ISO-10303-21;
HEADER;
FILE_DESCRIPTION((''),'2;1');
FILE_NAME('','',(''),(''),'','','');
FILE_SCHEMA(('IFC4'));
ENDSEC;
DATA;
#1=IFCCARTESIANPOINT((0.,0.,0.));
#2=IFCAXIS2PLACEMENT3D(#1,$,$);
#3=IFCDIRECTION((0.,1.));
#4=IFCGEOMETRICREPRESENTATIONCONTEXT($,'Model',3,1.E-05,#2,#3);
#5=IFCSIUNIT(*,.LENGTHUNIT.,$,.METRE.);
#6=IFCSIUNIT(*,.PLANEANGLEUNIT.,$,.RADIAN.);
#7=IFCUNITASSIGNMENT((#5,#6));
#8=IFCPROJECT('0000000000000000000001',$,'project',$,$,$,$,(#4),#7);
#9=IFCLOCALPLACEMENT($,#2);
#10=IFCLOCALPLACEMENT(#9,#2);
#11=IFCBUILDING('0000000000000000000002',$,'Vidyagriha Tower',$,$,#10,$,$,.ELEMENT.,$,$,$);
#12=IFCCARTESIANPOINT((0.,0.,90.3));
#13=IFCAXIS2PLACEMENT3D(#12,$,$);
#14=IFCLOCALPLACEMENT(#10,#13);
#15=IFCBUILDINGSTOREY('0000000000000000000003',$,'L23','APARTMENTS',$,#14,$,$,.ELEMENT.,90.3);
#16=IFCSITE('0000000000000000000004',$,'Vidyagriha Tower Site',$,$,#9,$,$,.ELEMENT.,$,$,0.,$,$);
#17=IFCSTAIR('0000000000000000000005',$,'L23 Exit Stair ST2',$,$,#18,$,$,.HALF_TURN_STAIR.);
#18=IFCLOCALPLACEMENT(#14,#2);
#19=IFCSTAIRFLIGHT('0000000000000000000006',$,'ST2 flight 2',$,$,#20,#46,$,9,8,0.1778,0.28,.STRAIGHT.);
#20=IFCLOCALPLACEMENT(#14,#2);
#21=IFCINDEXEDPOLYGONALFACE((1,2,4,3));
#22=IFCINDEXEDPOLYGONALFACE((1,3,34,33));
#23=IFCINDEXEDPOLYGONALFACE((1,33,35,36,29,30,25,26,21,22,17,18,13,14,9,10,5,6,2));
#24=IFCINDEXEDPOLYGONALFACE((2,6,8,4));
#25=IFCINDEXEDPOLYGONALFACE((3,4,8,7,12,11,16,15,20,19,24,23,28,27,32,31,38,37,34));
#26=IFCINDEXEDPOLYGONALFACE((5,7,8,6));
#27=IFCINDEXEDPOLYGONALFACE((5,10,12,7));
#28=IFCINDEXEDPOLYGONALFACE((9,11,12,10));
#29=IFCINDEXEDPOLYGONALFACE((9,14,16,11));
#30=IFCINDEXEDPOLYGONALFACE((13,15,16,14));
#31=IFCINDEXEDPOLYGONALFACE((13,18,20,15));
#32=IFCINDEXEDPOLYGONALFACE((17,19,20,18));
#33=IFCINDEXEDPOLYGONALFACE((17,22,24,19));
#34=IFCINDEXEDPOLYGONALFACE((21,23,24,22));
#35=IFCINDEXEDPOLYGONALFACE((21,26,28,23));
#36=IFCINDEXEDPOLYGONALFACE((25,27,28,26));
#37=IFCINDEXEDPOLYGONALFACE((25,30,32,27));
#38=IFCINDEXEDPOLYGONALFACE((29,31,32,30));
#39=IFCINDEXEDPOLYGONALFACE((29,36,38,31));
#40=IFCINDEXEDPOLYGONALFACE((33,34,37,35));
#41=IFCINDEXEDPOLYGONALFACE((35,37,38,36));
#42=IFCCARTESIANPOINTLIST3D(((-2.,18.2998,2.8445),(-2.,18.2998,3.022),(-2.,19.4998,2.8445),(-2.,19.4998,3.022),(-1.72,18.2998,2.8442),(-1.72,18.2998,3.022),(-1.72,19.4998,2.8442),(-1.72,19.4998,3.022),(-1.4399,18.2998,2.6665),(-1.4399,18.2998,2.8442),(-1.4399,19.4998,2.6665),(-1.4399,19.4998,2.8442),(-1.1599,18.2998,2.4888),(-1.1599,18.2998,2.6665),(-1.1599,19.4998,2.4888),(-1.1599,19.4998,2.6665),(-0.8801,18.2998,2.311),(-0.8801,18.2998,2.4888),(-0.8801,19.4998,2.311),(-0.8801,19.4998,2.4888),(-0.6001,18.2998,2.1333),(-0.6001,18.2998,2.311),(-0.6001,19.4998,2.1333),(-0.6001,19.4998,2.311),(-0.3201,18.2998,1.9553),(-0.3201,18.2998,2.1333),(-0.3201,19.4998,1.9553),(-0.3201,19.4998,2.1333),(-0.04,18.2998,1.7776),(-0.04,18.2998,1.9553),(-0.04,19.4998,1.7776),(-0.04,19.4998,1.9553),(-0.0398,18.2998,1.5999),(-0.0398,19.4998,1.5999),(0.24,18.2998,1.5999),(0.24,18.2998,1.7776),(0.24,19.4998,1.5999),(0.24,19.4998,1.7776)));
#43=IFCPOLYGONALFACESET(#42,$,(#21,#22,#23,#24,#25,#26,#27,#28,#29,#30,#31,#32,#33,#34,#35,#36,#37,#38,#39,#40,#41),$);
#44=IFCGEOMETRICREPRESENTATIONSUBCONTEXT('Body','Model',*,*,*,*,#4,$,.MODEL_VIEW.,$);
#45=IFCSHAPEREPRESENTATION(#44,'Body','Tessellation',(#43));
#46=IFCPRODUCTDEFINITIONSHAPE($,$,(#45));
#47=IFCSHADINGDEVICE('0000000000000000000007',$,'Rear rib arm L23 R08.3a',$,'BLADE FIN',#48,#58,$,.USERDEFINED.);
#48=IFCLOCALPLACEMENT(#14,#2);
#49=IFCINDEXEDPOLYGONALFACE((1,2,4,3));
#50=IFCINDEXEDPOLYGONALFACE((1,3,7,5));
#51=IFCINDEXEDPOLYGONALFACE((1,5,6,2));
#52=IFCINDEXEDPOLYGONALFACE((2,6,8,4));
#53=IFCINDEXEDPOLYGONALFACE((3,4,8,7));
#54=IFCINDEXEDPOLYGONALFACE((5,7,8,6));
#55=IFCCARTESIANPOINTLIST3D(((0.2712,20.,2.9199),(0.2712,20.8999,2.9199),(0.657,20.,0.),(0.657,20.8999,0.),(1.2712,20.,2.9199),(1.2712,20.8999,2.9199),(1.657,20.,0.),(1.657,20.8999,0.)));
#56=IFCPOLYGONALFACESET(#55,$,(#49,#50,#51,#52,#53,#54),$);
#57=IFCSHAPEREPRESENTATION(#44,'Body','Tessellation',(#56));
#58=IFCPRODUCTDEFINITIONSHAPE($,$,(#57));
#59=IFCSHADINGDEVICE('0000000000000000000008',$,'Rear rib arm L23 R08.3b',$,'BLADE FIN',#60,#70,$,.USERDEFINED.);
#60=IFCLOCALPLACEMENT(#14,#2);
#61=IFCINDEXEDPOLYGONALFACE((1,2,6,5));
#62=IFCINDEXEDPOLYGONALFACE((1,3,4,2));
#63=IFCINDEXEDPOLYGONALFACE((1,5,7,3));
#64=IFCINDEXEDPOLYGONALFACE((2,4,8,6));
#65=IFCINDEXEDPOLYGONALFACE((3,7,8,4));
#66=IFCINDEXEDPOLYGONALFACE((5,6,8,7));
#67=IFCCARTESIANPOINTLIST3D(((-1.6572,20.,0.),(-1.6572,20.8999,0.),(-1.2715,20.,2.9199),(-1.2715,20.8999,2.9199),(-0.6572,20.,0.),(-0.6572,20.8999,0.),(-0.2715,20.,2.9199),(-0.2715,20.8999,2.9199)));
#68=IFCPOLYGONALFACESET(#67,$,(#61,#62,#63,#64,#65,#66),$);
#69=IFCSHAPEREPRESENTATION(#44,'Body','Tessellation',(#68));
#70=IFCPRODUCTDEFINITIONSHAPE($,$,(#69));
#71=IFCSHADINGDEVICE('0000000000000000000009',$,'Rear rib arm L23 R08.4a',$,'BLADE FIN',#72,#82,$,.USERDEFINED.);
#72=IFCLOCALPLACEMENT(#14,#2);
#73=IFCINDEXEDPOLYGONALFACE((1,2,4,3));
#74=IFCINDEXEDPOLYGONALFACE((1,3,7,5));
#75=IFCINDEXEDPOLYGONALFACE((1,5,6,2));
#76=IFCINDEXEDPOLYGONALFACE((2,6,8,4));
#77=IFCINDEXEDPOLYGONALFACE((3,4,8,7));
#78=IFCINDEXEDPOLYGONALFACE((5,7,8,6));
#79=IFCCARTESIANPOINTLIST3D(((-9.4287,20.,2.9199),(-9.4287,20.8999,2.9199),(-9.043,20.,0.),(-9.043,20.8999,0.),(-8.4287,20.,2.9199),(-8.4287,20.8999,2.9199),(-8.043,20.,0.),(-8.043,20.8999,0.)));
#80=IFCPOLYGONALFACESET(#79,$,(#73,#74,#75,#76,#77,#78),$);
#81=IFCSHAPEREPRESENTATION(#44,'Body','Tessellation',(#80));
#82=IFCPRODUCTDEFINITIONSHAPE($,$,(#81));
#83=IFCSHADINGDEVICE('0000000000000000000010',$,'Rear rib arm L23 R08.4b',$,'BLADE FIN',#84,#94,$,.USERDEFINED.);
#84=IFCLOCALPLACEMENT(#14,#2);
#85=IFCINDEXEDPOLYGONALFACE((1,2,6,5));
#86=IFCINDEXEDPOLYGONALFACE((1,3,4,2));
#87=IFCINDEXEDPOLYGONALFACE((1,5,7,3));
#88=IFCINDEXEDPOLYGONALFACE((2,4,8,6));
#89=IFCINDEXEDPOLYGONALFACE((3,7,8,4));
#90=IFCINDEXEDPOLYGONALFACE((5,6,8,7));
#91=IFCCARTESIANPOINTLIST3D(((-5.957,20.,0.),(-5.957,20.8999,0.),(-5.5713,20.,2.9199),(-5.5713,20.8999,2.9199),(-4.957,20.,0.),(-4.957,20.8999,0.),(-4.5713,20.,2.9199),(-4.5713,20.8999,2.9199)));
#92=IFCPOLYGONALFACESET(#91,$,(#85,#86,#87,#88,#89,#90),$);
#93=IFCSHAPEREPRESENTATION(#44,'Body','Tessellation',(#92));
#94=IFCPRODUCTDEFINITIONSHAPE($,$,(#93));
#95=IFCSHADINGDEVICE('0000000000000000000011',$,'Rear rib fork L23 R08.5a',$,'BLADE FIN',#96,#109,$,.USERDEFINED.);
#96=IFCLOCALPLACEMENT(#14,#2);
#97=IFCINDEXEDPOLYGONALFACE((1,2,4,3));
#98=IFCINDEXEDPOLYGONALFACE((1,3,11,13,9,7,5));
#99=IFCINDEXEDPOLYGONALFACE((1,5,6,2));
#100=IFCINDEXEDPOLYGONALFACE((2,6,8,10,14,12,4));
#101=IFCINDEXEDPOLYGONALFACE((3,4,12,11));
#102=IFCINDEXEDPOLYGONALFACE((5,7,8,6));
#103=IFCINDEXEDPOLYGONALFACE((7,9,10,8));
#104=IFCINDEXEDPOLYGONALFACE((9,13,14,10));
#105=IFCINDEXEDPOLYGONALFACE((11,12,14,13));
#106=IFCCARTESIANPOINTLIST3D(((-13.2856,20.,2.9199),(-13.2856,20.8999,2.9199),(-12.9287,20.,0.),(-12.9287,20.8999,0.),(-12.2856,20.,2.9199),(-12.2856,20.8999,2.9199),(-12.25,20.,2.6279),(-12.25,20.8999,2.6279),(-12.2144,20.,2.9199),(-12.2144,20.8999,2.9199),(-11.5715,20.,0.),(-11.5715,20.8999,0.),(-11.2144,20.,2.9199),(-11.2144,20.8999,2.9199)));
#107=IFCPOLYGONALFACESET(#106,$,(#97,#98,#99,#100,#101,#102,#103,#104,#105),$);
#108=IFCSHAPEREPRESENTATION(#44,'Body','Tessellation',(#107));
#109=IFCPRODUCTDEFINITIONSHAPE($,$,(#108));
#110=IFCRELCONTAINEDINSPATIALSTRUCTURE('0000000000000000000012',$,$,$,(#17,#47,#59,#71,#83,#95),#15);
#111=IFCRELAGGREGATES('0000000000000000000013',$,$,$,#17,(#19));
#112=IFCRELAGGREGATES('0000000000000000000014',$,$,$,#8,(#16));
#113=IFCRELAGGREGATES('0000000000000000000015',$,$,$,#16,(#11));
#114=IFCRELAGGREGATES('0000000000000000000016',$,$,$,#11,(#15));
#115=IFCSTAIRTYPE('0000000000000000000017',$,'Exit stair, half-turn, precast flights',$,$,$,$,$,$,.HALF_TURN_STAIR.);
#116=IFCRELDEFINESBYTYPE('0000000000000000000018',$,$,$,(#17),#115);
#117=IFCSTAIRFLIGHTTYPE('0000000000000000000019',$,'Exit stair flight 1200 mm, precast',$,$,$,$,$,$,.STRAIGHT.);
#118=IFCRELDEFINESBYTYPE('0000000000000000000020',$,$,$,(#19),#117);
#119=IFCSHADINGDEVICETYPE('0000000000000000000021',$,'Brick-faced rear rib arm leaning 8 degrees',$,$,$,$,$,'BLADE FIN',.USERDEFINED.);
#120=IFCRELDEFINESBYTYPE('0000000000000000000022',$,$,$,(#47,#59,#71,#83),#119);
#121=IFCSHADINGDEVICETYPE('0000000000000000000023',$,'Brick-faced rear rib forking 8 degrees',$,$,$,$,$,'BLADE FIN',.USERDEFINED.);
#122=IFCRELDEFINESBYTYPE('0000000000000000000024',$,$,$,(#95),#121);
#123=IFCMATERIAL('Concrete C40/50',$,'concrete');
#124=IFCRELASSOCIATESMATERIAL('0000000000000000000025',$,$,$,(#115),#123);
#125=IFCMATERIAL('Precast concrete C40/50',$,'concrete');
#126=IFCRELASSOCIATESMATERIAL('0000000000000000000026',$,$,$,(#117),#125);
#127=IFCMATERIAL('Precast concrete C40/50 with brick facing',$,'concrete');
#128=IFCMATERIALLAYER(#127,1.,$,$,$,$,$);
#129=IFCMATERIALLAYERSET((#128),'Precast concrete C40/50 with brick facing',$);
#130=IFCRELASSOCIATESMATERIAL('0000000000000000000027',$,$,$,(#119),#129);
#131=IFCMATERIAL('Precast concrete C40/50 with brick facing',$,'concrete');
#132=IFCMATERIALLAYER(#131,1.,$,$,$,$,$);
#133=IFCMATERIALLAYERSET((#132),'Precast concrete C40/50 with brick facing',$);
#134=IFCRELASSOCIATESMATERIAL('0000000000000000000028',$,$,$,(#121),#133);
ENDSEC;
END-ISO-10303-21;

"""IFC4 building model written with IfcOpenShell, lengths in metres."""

from ifc_helpers import new_model, si_unit, direction, frame, origin, place, context, subcontext, project, spatial, polyline, outline, extrude, material, layer, layer_set, type_object, element, aggregate, save


model = new_model("IFC4")

# Units and contexts
model_context = context("Model", 3, precision=1e-05, world=origin(), true_north=direction((0.0, 1.0)))
body_context = subcontext(model_context, "Body", "Model", "MODEL_VIEW")
ifc_project = project(units=[si_unit("LENGTHUNIT", "METRE"), si_unit("PLANEANGLEUNIT", "RADIAN")], contexts=[model_context])

# Site, building, storey
site_placement = place(None, origin())
site = spatial("IfcSite", under=ifc_project, at=site_placement, Name="Vidyagriha Tower Site", CompositionType="ELEMENT", RefElevation=0.0)
building_placement = place(site_placement, origin())
building = spatial("IfcBuilding", under=site, at=building_placement, Name="Vidyagriha Tower", CompositionType="ELEMENT")
storey_placement = place(building_placement, frame((0.0, 0.0, 90.3)))
storey = spatial("IfcBuildingStorey", under=building, at=storey_placement, Name="L23", Description="APARTMENTS", CompositionType="ELEMENT", Elevation=90.3)

# Stair, stair flight
ifc_material_1 = material(Name="Concrete C40/50", Category="concrete")
stair_type = type_object("IfcStairType", Name="Exit stair, half-turn, precast flights", PredefinedType="HALF_TURN_STAIR", material=ifc_material_1)
ifc_material_2 = material(Name="Precast concrete C40/50", Category="concrete")
stair_flight_type = type_object("IfcStairFlightType", Name="Exit stair flight 1200 mm, precast", PredefinedType="STRAIGHT", material=ifc_material_2)
stair_1_placement = place(storey_placement, origin())
stair_1 = element("IfcStair", 1, at=stair_1_placement, inside=storey, type_object=stair_type, Name="L23 Exit Stair ST2", PredefinedType="HALF_TURN_STAIR")
stair_flight_1_placement = place(storey_placement, frame((0.24, 18.8999, 1.5999), z_axis=(0.0, 0.0, 1.0), x_axis=(-1.0, 0.0, 0.0)))
stair_flight_1 = element("IfcStairFlight", 2, at=stair_flight_1_placement, type_object=stair_flight_type, Name="ST2 flight 2", NumberOfRisers=9, NumberOfTreads=8, PredefinedType="STRAIGHT", RiserHeight=0.1778, TreadLength=0.28, context=body_context, shape_type="SweptSolid", body=[
    extrude(outline(polyline([(0.0, 0.0), (0.0, 0.1777), (0.28, 0.1777), (0.28, 0.3555), (0.5601, 0.3555), (0.5601, 0.5334), (0.8401, 0.5334), (0.8401, 0.7112), (1.1201, 0.7112), (1.1201, 0.8889), (1.3999, 0.8889), (1.3999, 1.0667), (1.6799, 1.0667), (1.6799, 1.2444), (1.96, 1.2444), (1.96, 1.4221), (2.24, 1.4221), (2.24, 1.6001), (2.24, 1.2446), (0.2798, 0.0), (0.0, 0.0)])), frame((0.0, 0.6001, 0.0), z_axis=(0.0, -1.0, 0.0), x_axis=(1.0, 0.0, 0.0)), (0.0, 0.0, 1.0), 1.2),
])
aggregate(stair_1, [stair_flight_1])

# Shading devices
ifc_material_3 = material(Name="Precast concrete C40/50 with brick facing", Category="concrete")
ifc_layer_1 = layer(ifc_material_3, 1.0)
ifc_layer_set_1 = layer_set([ifc_layer_1], Name="Precast concrete C40/50 with brick facing")
shading_device_type_1 = type_object("IfcShadingDeviceType", Name="Brick-faced rear rib arm leaning 8 degrees", ElementType="BLADE FIN", PredefinedType="USERDEFINED", material=ifc_layer_set_1)
shading_device_1_placement = place(storey_placement, frame((1.657, 20.45, 0.0), z_axis=(0.0, 0.0, 1.0), x_axis=(-1.0, 0.0, 0.0)))
element("IfcShadingDevice", 3, at=shading_device_1_placement, inside=storey, type_object=shading_device_type_1, Name="Rear rib arm L23 R08.3a", ObjectType="BLADE FIN", PredefinedType="USERDEFINED", context=body_context, shape_type="SweptSolid", body=[
    extrude(outline(polyline([(0.0, 0.0), (1.0, 0.0), (1.3857, 2.9199), (0.3857, 2.9199), (0.0, 0.0)])), frame((0.0, 0.45, 0.0), z_axis=(0.0, -1.0, 0.0), x_axis=(1.0, 0.0, 0.0)), (0.0, 0.0, 1.0), 0.8999),
])
shading_device_2_placement = place(storey_placement, frame((-0.2715, 20.45, 0.0), z_axis=(0.0, 0.0, 1.0), x_axis=(-1.0, 0.0, 0.0)))
element("IfcShadingDevice", 4, at=shading_device_2_placement, inside=storey, type_object=shading_device_type_1, Name="Rear rib arm L23 R08.3b", ObjectType="BLADE FIN", PredefinedType="USERDEFINED", context=body_context, shape_type="SweptSolid", body=[
    extrude(outline(polyline([(0.3857, 0.0), (1.3857, 0.0), (1.0, 2.9199), (0.0, 2.9199), (0.3857, 0.0)])), frame((0.0, 0.45, 0.0), z_axis=(0.0, -1.0, 0.0), x_axis=(1.0, 0.0, 0.0)), (0.0, 0.0, 1.0), 0.8999),
])
shading_device_3_placement = place(storey_placement, frame((-8.043, 20.45, 0.0), z_axis=(0.0, 0.0, 1.0), x_axis=(-1.0, 0.0, 0.0)))
element("IfcShadingDevice", 5, at=shading_device_3_placement, inside=storey, type_object=shading_device_type_1, Name="Rear rib arm L23 R08.4a", ObjectType="BLADE FIN", PredefinedType="USERDEFINED", context=body_context, shape_type="SweptSolid", body=[
    extrude(outline(polyline([(0.0, 0.0), (1.0, 0.0), (1.3857, 2.9199), (0.3857, 2.9199), (0.0, 0.0)])), frame((0.0, 0.45, 0.0), z_axis=(0.0, -1.0, 0.0), x_axis=(1.0, 0.0, 0.0)), (0.0, 0.0, 1.0), 0.8999),
])
shading_device_4_placement = place(storey_placement, frame((-4.5713, 20.45, 0.0), z_axis=(0.0, 0.0, 1.0), x_axis=(-1.0, 0.0, 0.0)))
element("IfcShadingDevice", 6, at=shading_device_4_placement, inside=storey, type_object=shading_device_type_1, Name="Rear rib arm L23 R08.4b", ObjectType="BLADE FIN", PredefinedType="USERDEFINED", context=body_context, shape_type="SweptSolid", body=[
    extrude(outline(polyline([(0.3857, 0.0), (1.3857, 0.0), (1.0, 2.9199), (0.0, 2.9199), (0.3857, 0.0)])), frame((0.0, 0.45, 0.0), z_axis=(0.0, -1.0, 0.0), x_axis=(1.0, 0.0, 0.0)), (0.0, 0.0, 1.0), 0.8999),
])
ifc_material_4 = material(Name="Precast concrete C40/50 with brick facing", Category="concrete")
ifc_layer_2 = layer(ifc_material_4, 1.0)
ifc_layer_set_2 = layer_set([ifc_layer_2], Name="Precast concrete C40/50 with brick facing")
shading_device_type_2 = type_object("IfcShadingDeviceType", Name="Brick-faced rear rib forking 8 degrees", ElementType="BLADE FIN", PredefinedType="USERDEFINED", material=ifc_layer_set_2)
shading_device_5_placement = place(storey_placement, frame((-11.2144, 20.45, 0.0), z_axis=(0.0, 0.0, 1.0), x_axis=(-1.0, 0.0, 0.0)))
element("IfcShadingDevice", 7, at=shading_device_5_placement, inside=storey, type_object=shading_device_type_2, Name="Rear rib fork L23 R08.5a", ObjectType="BLADE FIN", PredefinedType="USERDEFINED", context=body_context, shape_type="SweptSolid", body=[
    extrude(outline(polyline([(0.3572, 0.0), (1.7144, 0.0), (2.0713, 2.9199), (1.0713, 2.9199), (1.0356, 2.6279), (1.0, 2.9199), (0.0, 2.9199), (0.3572, 0.0)])), frame((0.0, 0.45, 0.0), z_axis=(0.0, -1.0, 0.0), x_axis=(1.0, 0.0, 0.0)), (0.0, 0.0, 1.0), 0.8999),
])

save(model, "model.ifc")
